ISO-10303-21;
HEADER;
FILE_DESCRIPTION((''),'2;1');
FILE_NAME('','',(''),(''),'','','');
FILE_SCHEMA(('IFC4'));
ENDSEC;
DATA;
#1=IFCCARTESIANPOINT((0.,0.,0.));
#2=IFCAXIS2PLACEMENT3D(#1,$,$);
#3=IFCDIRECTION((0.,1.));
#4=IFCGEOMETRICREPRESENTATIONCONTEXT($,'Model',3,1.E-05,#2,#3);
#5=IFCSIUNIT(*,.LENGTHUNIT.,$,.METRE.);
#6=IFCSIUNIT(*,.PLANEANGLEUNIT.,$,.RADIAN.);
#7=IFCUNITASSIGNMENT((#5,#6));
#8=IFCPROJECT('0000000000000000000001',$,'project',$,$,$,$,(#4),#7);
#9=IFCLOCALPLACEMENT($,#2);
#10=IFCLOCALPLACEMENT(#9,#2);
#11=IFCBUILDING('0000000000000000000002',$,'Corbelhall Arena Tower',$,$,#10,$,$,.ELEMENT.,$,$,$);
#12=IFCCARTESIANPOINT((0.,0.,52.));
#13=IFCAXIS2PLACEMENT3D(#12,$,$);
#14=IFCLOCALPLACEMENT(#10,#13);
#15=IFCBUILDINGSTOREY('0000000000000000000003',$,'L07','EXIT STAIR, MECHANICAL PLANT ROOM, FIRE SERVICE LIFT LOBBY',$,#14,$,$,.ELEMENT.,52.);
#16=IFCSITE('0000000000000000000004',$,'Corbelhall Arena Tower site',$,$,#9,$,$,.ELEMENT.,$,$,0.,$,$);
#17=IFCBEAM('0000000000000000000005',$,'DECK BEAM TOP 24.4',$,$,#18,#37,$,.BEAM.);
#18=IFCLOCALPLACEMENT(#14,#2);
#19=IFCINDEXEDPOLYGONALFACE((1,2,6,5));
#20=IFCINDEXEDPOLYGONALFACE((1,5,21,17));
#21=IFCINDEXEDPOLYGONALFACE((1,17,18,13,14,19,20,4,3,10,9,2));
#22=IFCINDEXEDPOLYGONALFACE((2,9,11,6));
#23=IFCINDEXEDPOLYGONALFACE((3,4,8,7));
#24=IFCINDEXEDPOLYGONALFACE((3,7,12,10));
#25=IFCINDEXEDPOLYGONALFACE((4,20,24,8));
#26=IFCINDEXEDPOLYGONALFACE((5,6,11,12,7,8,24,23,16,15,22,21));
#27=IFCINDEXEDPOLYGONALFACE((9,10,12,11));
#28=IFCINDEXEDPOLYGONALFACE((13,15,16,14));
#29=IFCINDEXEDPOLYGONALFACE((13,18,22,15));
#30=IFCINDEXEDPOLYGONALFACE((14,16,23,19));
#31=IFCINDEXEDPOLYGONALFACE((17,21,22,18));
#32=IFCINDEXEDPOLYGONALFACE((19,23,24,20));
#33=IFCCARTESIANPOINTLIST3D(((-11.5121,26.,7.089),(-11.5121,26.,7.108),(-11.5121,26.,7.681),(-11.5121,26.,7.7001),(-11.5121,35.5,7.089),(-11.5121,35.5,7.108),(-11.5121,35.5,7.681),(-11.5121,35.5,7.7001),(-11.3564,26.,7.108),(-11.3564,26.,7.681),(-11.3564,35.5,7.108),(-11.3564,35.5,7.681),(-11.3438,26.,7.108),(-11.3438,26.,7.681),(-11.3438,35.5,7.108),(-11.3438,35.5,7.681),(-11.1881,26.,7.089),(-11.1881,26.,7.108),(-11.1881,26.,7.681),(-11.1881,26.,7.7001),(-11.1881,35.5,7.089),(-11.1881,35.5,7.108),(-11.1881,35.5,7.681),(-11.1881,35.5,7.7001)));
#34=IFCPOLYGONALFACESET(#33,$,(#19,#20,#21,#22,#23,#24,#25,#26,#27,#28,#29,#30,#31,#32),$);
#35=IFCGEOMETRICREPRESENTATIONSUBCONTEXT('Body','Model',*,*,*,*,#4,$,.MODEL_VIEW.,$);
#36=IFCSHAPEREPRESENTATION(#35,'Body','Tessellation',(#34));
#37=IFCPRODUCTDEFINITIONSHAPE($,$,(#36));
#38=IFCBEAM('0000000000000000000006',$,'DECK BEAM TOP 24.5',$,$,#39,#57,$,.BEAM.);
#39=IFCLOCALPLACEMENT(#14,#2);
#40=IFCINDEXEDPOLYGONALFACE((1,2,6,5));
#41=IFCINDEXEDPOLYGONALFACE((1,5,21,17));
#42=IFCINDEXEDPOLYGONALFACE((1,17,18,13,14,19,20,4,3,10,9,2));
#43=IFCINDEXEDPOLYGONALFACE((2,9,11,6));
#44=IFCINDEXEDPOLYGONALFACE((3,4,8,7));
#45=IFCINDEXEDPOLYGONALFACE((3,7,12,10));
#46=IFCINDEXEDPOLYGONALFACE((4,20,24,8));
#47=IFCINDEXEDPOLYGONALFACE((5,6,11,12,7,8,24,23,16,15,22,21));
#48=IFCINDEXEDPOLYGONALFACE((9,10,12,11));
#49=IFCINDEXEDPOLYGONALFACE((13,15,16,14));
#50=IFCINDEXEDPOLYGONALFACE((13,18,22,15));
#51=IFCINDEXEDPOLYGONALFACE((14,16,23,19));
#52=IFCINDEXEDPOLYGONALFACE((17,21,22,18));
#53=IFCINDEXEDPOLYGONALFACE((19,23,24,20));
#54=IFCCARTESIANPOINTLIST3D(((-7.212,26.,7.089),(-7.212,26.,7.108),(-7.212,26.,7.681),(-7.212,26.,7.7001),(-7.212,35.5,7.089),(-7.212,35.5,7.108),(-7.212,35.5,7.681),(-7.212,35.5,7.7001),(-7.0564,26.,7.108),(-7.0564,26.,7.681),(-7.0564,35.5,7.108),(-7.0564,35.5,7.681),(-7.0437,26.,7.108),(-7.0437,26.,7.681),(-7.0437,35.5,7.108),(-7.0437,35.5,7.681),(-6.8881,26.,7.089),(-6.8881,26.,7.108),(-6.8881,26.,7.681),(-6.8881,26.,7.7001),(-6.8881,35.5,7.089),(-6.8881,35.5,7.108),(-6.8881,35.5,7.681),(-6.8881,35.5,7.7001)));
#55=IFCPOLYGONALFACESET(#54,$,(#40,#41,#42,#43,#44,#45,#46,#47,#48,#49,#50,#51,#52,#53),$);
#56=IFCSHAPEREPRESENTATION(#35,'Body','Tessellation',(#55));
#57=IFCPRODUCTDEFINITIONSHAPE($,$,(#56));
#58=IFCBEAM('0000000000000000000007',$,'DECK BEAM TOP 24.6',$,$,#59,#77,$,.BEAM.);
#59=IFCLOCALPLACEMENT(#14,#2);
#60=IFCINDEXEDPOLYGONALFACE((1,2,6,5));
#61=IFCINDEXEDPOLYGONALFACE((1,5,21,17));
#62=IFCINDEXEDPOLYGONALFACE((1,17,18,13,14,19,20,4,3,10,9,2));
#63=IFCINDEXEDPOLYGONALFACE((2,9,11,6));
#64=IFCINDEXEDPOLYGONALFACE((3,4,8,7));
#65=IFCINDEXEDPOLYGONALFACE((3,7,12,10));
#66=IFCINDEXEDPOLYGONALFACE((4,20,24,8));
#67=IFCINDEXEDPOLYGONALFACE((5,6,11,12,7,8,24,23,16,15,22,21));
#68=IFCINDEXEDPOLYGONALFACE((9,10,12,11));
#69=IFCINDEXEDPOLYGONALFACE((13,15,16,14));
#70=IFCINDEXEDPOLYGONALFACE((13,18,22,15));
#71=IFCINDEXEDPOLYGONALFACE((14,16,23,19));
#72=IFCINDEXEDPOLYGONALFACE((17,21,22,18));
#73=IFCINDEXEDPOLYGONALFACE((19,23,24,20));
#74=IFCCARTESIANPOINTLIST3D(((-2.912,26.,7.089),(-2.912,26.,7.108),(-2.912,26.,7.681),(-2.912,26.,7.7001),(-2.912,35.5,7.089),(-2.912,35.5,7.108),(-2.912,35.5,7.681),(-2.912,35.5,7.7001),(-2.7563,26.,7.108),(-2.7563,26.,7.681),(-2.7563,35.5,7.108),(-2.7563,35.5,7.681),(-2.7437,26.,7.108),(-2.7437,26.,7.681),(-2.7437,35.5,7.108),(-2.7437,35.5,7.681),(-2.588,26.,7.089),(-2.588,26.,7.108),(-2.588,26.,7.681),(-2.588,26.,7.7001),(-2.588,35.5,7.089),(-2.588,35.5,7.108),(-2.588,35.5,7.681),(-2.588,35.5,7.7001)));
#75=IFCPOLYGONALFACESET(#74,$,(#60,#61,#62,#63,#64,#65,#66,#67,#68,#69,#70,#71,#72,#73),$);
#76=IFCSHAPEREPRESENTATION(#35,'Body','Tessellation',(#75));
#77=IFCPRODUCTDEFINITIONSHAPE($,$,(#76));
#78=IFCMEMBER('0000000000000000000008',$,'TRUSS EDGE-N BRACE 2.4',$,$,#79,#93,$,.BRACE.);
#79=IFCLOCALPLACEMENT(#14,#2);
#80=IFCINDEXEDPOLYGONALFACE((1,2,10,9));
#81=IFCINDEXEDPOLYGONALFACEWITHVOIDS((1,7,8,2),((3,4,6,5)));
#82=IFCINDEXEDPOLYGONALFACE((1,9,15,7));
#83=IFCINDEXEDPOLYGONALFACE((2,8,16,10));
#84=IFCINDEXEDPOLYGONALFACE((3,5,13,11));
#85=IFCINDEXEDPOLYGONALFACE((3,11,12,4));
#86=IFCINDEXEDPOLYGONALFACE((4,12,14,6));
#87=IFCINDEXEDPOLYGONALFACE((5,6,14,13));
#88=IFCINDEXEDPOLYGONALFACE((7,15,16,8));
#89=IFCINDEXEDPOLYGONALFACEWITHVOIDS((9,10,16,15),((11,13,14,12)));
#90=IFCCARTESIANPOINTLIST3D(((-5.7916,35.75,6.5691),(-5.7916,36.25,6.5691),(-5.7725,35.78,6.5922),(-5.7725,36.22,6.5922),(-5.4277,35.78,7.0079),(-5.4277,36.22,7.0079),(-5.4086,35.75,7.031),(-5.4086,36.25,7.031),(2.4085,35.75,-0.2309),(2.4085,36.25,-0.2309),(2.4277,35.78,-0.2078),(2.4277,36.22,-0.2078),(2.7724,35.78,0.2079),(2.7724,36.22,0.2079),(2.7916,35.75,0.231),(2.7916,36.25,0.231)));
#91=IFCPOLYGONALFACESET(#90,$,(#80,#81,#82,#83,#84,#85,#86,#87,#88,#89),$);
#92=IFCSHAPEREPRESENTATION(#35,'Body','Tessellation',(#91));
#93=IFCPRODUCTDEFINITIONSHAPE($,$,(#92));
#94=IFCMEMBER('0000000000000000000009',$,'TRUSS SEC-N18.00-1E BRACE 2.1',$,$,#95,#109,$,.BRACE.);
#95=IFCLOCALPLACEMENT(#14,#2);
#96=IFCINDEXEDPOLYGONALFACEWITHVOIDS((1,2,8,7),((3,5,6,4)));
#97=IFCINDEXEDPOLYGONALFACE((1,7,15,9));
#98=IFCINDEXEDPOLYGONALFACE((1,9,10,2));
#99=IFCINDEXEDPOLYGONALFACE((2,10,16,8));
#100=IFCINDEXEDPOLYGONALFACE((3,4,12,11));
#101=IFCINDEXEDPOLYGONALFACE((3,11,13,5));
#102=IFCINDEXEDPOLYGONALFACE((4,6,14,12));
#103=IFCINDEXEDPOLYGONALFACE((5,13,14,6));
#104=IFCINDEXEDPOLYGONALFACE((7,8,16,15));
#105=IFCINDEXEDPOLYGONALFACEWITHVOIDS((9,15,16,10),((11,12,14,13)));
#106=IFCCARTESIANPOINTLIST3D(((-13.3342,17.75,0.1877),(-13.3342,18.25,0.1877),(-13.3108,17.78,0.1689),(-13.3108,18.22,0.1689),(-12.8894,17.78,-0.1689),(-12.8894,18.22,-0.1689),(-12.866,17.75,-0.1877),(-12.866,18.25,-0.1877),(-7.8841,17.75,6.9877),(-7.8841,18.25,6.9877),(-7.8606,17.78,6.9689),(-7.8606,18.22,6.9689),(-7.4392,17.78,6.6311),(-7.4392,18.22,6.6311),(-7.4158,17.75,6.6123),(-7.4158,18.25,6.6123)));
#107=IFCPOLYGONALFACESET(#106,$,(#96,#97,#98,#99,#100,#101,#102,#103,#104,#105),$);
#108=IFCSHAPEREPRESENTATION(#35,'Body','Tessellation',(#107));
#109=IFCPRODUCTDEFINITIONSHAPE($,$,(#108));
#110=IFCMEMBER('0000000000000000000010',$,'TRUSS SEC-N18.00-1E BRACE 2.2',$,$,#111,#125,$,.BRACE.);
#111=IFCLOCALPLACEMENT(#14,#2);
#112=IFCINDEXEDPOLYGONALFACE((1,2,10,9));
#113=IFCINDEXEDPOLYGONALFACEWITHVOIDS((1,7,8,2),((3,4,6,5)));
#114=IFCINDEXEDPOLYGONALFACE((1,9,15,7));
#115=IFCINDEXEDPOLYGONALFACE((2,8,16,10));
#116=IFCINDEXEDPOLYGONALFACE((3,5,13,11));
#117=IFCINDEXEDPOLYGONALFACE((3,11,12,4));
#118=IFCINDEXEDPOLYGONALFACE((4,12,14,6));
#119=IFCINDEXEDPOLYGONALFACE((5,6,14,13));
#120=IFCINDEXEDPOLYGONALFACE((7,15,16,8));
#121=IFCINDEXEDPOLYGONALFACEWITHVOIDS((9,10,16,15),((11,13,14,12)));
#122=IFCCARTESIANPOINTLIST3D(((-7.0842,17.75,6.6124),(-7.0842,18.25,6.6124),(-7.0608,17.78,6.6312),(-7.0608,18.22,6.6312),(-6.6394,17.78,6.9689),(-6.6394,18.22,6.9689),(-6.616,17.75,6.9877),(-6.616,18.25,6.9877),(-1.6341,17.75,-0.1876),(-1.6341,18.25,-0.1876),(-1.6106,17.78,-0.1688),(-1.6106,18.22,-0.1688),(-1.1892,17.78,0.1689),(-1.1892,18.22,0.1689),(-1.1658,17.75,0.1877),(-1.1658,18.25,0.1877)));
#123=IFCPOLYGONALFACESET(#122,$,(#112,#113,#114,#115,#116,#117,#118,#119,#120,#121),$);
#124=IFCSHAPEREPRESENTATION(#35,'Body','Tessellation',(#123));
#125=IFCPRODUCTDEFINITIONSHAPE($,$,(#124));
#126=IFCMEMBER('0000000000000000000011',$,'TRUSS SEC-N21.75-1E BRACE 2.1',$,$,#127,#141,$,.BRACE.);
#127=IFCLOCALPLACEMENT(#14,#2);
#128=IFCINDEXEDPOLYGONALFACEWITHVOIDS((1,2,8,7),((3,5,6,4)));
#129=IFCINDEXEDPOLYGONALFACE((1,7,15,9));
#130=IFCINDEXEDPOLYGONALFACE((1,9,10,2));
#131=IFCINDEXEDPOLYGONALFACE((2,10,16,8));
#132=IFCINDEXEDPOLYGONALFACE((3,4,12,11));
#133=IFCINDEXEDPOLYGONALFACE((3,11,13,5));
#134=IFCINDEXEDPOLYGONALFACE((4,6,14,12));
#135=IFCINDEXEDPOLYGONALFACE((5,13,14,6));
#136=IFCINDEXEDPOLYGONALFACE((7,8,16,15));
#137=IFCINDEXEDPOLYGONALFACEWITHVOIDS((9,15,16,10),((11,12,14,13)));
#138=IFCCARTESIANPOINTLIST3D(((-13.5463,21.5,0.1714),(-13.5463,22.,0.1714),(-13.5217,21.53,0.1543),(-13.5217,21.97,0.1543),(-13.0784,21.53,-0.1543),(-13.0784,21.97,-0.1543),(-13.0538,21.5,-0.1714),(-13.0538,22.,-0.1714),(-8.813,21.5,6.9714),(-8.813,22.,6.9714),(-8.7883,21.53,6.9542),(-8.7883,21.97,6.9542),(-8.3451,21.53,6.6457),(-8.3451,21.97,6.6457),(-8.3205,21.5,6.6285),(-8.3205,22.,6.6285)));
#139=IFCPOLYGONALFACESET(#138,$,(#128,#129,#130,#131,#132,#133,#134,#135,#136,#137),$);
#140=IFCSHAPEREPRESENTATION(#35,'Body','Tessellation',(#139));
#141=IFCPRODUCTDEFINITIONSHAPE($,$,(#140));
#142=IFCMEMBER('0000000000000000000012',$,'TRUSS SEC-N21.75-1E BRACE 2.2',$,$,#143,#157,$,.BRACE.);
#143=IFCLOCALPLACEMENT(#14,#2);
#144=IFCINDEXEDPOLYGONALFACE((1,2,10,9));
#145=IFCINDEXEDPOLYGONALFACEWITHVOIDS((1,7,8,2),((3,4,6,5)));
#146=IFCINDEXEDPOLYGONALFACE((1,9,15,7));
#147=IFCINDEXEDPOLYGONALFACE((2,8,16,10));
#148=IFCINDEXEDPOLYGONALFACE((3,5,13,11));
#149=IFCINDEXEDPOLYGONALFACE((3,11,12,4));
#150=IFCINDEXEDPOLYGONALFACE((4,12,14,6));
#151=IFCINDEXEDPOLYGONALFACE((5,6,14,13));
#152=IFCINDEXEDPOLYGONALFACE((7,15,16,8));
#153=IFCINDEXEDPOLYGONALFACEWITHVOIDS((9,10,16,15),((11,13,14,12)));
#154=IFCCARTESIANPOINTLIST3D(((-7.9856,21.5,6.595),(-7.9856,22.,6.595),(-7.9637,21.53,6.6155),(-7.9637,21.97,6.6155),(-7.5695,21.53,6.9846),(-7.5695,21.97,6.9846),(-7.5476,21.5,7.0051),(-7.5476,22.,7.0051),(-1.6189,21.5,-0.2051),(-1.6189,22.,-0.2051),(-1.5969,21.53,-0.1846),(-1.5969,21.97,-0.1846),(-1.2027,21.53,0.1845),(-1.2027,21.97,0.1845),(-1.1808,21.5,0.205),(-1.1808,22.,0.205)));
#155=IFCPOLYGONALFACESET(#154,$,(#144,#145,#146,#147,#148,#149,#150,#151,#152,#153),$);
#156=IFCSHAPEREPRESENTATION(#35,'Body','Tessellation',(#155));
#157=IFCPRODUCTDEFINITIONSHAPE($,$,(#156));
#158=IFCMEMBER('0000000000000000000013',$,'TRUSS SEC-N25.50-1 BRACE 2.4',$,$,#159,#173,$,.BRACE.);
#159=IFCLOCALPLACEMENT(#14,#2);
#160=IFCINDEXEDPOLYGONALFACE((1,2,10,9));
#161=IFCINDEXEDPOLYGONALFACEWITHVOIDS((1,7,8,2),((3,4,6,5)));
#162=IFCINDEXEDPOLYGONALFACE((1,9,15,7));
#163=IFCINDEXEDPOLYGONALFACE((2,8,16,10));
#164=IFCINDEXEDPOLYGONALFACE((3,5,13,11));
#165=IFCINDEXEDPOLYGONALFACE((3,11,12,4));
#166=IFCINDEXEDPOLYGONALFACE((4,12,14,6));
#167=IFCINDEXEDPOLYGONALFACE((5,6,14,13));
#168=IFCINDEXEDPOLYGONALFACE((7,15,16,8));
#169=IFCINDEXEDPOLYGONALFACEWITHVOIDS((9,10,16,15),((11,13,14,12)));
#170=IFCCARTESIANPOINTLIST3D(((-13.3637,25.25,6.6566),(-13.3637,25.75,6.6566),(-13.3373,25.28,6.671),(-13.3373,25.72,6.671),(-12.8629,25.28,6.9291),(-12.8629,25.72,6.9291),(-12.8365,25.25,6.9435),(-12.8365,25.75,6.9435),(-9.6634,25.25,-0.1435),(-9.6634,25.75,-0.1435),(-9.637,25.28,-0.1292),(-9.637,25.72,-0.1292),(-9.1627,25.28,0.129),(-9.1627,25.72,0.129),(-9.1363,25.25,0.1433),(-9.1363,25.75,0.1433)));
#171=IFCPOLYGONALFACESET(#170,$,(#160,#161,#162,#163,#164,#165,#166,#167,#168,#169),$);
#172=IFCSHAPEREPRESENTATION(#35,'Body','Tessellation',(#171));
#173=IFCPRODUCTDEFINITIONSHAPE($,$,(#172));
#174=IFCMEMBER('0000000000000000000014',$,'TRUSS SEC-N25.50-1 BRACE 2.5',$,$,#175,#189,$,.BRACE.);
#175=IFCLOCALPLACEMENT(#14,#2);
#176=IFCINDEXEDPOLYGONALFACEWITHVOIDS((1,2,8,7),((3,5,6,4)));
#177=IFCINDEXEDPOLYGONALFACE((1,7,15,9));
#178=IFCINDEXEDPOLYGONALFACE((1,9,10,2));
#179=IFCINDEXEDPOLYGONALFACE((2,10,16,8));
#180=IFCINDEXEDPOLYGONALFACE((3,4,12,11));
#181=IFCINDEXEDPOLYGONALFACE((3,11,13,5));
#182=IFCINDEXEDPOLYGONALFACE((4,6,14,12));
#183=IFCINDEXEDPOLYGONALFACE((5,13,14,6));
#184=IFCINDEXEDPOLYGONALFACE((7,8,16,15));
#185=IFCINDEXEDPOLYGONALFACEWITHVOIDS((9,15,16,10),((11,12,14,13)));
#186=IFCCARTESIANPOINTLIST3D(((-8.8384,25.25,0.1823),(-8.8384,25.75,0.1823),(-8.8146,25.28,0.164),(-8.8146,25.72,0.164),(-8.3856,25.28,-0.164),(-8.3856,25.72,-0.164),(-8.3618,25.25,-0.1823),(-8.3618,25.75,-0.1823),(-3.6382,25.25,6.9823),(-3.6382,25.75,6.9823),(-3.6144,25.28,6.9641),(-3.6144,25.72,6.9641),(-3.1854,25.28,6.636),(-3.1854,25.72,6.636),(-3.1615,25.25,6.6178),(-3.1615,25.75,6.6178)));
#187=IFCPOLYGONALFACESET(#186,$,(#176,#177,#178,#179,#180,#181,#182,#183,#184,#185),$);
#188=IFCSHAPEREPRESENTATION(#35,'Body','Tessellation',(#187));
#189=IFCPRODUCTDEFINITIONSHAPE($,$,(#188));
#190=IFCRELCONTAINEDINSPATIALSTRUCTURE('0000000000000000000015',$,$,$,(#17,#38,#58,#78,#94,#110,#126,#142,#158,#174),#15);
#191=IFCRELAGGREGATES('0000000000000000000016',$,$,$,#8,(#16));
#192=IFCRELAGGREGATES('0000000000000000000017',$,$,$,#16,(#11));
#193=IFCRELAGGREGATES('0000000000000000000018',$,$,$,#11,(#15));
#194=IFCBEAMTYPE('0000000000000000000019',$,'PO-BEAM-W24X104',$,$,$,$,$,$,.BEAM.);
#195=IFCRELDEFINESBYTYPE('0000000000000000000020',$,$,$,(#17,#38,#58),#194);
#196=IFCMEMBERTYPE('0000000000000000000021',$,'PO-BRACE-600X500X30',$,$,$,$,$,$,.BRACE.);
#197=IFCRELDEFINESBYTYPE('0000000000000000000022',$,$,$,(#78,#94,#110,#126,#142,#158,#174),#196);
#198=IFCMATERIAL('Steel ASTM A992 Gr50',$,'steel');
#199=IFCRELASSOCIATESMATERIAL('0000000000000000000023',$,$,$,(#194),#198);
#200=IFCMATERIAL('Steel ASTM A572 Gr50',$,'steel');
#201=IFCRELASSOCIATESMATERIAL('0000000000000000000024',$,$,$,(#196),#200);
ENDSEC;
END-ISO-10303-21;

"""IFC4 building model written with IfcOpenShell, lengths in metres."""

from ifc_helpers import new_model, si_unit, direction, frame, origin, origin_2d, place, context, subcontext, project, spatial, hollow_rectangle, i_section, extrude, material, material_profile, profile_set, type_object, element, save


model = new_model("IFC4")

# Units and contexts
model_context = context("Model", 3, precision=1e-05, world=origin(), true_north=direction((0.0, 1.0)))
body_context = subcontext(model_context, "Body", "Model", "MODEL_VIEW")
ifc_project = project(units=[si_unit("LENGTHUNIT", "METRE"), si_unit("PLANEANGLEUNIT", "RADIAN")], contexts=[model_context])

# Site, building, storey
site_placement = place(None, origin())
site = spatial("IfcSite", under=ifc_project, at=site_placement, Name="Corbelhall Arena Tower site", CompositionType="ELEMENT", RefElevation=0.0)
building_placement = place(site_placement, origin())
building = spatial("IfcBuilding", under=site, at=building_placement, Name="Corbelhall Arena Tower", CompositionType="ELEMENT")
storey_placement = place(building_placement, frame((0.0, 0.0, 52.0)))
storey = spatial("IfcBuildingStorey", under=building, at=storey_placement, Name="L07", Description="EXIT STAIR, MECHANICAL PLANT ROOM, FIRE SERVICE LIFT LOBBY", CompositionType="ELEMENT", Elevation=52.0)

# Beams
ifc_material_1 = material(Name="Steel ASTM A992 Gr50", Category="steel")
ifc_material_profile_1 = material_profile(ifc_material_1, i_section(OverallWidth=0.324, OverallDepth=0.6111, WebThickness=0.0127, FlangeThickness=0.019, at=origin_2d()))
ifc_profile_set_1 = profile_set([ifc_material_profile_1], Name="Steel ASTM A992 Gr50")
beam_type = type_object("IfcBeamType", Name="PO-BEAM-W24X104", PredefinedType="BEAM", material=ifc_profile_set_1)
for number, where, z_axis, x_axis, name in (
    (1, (-11.3501, 26.0, 7.3945), (0.0, 1.0, 0.0), (-1.0, 0.0, 0.0), "DECK BEAM TOP 24.4"),
    (2, (-7.05, 26.0, 7.3945), (0.0, 1.0, 0.0), (-1.0, 0.0, 0.0), "DECK BEAM TOP 24.5"),
    (3, (-2.75, 26.0, 7.3945), (0.0, 1.0, 0.0), (-1.0, 0.0, 0.0), "DECK BEAM TOP 24.6"),
):
    element("IfcBeam", number, at=place(storey_placement, frame(where, z_axis=z_axis, x_axis=x_axis)), inside=storey, type_object=beam_type, Name=name, PredefinedType="BEAM", context=body_context, shape_type="SweptSolid", body=[
        extrude(i_section(OverallWidth=0.324, OverallDepth=0.6111, WebThickness=0.0127, FlangeThickness=0.019, at=origin_2d()), origin(), (0.0, 0.0, 1.0), 9.5),
    ])

# Members
ifc_material_2 = material(Name="Steel ASTM A572 Gr50", Category="steel")
ifc_material_profile_2 = material_profile(ifc_material_2, hollow_rectangle(XDim=0.5, YDim=0.6001, WallThickness=0.03, at=origin_2d()))
ifc_profile_set_2 = profile_set([ifc_material_profile_2], Name="Steel ASTM A572 Gr50")
member_type_1 = type_object("IfcMemberType", Name="PO-BRACE-600X500X30", PredefinedType="BRACE", material=ifc_profile_set_2)
member_1_placement = place(storey_placement, frame((-5.6001, 36.0, 6.8), z_axis=(0.769763, 0.0, -0.63833), x_axis=(0.0, 1.0, 0.0)))
element("IfcMember", 4, at=member_1_placement, inside=storey, type_object=member_type_1, Name="TRUSS EDGE-N BRACE 2.4", PredefinedType="BRACE", context=body_context, shape_type="SweptSolid", body=[
    extrude(hollow_rectangle(XDim=0.5, YDim=0.6001, WallThickness=0.03, at=origin_2d()), origin(), (0.0, 0.0, 1.0), 10.6528),
])
for number, where, z_axis, x_axis, name in (
    (5, (-13.1001, 18.0, 0.0), (0.625405, 0.0, 0.7803), (0.0, 1.0, 0.0), "TRUSS SEC-N18.00-1E BRACE 2.1"),
    (6, (-6.8501, 18.0, 6.8), (0.625405, 0.0, -0.7803), (0.0, 1.0, 0.0), "TRUSS SEC-N18.00-1E BRACE 2.2"),
):
    element("IfcMember", number, at=place(storey_placement, frame(where, z_axis=z_axis, x_axis=x_axis)), inside=storey, type_object=member_type_1, Name=name, PredefinedType="BRACE", context=body_context, shape_type="SweptSolid", body=[
        extrude(hollow_rectangle(XDim=0.5, YDim=0.6001, WallThickness=0.03, at=origin_2d()), origin(), (0.0, 0.0, 1.0), 8.7146),
    ])
member_2_placement = place(storey_placement, frame((-13.3, 21.75, 0.0), z_axis=(0.571303, 0.0, 0.820739), x_axis=(0.0, 1.0, 0.0)))
element("IfcMember", 7, at=member_2_placement, inside=storey, type_object=member_type_1, Name="TRUSS SEC-N21.75-1E BRACE 2.1", PredefinedType="BRACE", context=body_context, shape_type="SweptSolid", body=[
    extrude(hollow_rectangle(XDim=0.5, YDim=0.6001, WallThickness=0.03, at=origin_2d()), origin(), (0.0, 0.0, 1.0), 8.2852),
])
member_3_placement = place(storey_placement, frame((-7.7666, 21.75, 6.8), z_axis=(0.683464, 0.0, -0.729984), x_axis=(0.0, 1.0, 0.0)))
element("IfcMember", 8, at=member_3_placement, inside=storey, type_object=member_type_1, Name="TRUSS SEC-N21.75-1E BRACE 2.2", PredefinedType="BRACE", context=body_context, shape_type="SweptSolid", body=[
    extrude(hollow_rectangle(XDim=0.5, YDim=0.6001, WallThickness=0.03, at=origin_2d()), origin(), (0.0, 0.0, 1.0), 9.3154),
])
member_4_placement = place(storey_placement, frame((-13.1001, 25.5, 6.8), z_axis=(0.477964, 0.0, -0.87838), x_axis=(0.0, 1.0, 0.0)))
element("IfcMember", 9, at=member_4_placement, inside=storey, type_object=member_type_1, Name="TRUSS SEC-N25.50-1 BRACE 2.4", PredefinedType="BRACE", context=body_context, shape_type="SweptSolid", body=[
    extrude(hollow_rectangle(XDim=0.5, YDim=0.6001, WallThickness=0.03, at=origin_2d()), origin(), (0.0, 0.0, 1.0), 7.7417),
])
member_5_placement = place(storey_placement, frame((-8.6001, 25.5, 0.0), z_axis=(0.607462, 0.0, 0.794349), x_axis=(0.0, 1.0, 0.0)))
element("IfcMember", 10, at=member_5_placement, inside=storey, type_object=member_type_1, Name="TRUSS SEC-N25.50-1 BRACE 2.5", PredefinedType="BRACE", context=body_context, shape_type="SweptSolid", body=[
    extrude(hollow_rectangle(XDim=0.5, YDim=0.6001, WallThickness=0.03, at=origin_2d()), origin(), (0.0, 0.0, 1.0), 8.5605),
])

save(model, "model.ifc")
